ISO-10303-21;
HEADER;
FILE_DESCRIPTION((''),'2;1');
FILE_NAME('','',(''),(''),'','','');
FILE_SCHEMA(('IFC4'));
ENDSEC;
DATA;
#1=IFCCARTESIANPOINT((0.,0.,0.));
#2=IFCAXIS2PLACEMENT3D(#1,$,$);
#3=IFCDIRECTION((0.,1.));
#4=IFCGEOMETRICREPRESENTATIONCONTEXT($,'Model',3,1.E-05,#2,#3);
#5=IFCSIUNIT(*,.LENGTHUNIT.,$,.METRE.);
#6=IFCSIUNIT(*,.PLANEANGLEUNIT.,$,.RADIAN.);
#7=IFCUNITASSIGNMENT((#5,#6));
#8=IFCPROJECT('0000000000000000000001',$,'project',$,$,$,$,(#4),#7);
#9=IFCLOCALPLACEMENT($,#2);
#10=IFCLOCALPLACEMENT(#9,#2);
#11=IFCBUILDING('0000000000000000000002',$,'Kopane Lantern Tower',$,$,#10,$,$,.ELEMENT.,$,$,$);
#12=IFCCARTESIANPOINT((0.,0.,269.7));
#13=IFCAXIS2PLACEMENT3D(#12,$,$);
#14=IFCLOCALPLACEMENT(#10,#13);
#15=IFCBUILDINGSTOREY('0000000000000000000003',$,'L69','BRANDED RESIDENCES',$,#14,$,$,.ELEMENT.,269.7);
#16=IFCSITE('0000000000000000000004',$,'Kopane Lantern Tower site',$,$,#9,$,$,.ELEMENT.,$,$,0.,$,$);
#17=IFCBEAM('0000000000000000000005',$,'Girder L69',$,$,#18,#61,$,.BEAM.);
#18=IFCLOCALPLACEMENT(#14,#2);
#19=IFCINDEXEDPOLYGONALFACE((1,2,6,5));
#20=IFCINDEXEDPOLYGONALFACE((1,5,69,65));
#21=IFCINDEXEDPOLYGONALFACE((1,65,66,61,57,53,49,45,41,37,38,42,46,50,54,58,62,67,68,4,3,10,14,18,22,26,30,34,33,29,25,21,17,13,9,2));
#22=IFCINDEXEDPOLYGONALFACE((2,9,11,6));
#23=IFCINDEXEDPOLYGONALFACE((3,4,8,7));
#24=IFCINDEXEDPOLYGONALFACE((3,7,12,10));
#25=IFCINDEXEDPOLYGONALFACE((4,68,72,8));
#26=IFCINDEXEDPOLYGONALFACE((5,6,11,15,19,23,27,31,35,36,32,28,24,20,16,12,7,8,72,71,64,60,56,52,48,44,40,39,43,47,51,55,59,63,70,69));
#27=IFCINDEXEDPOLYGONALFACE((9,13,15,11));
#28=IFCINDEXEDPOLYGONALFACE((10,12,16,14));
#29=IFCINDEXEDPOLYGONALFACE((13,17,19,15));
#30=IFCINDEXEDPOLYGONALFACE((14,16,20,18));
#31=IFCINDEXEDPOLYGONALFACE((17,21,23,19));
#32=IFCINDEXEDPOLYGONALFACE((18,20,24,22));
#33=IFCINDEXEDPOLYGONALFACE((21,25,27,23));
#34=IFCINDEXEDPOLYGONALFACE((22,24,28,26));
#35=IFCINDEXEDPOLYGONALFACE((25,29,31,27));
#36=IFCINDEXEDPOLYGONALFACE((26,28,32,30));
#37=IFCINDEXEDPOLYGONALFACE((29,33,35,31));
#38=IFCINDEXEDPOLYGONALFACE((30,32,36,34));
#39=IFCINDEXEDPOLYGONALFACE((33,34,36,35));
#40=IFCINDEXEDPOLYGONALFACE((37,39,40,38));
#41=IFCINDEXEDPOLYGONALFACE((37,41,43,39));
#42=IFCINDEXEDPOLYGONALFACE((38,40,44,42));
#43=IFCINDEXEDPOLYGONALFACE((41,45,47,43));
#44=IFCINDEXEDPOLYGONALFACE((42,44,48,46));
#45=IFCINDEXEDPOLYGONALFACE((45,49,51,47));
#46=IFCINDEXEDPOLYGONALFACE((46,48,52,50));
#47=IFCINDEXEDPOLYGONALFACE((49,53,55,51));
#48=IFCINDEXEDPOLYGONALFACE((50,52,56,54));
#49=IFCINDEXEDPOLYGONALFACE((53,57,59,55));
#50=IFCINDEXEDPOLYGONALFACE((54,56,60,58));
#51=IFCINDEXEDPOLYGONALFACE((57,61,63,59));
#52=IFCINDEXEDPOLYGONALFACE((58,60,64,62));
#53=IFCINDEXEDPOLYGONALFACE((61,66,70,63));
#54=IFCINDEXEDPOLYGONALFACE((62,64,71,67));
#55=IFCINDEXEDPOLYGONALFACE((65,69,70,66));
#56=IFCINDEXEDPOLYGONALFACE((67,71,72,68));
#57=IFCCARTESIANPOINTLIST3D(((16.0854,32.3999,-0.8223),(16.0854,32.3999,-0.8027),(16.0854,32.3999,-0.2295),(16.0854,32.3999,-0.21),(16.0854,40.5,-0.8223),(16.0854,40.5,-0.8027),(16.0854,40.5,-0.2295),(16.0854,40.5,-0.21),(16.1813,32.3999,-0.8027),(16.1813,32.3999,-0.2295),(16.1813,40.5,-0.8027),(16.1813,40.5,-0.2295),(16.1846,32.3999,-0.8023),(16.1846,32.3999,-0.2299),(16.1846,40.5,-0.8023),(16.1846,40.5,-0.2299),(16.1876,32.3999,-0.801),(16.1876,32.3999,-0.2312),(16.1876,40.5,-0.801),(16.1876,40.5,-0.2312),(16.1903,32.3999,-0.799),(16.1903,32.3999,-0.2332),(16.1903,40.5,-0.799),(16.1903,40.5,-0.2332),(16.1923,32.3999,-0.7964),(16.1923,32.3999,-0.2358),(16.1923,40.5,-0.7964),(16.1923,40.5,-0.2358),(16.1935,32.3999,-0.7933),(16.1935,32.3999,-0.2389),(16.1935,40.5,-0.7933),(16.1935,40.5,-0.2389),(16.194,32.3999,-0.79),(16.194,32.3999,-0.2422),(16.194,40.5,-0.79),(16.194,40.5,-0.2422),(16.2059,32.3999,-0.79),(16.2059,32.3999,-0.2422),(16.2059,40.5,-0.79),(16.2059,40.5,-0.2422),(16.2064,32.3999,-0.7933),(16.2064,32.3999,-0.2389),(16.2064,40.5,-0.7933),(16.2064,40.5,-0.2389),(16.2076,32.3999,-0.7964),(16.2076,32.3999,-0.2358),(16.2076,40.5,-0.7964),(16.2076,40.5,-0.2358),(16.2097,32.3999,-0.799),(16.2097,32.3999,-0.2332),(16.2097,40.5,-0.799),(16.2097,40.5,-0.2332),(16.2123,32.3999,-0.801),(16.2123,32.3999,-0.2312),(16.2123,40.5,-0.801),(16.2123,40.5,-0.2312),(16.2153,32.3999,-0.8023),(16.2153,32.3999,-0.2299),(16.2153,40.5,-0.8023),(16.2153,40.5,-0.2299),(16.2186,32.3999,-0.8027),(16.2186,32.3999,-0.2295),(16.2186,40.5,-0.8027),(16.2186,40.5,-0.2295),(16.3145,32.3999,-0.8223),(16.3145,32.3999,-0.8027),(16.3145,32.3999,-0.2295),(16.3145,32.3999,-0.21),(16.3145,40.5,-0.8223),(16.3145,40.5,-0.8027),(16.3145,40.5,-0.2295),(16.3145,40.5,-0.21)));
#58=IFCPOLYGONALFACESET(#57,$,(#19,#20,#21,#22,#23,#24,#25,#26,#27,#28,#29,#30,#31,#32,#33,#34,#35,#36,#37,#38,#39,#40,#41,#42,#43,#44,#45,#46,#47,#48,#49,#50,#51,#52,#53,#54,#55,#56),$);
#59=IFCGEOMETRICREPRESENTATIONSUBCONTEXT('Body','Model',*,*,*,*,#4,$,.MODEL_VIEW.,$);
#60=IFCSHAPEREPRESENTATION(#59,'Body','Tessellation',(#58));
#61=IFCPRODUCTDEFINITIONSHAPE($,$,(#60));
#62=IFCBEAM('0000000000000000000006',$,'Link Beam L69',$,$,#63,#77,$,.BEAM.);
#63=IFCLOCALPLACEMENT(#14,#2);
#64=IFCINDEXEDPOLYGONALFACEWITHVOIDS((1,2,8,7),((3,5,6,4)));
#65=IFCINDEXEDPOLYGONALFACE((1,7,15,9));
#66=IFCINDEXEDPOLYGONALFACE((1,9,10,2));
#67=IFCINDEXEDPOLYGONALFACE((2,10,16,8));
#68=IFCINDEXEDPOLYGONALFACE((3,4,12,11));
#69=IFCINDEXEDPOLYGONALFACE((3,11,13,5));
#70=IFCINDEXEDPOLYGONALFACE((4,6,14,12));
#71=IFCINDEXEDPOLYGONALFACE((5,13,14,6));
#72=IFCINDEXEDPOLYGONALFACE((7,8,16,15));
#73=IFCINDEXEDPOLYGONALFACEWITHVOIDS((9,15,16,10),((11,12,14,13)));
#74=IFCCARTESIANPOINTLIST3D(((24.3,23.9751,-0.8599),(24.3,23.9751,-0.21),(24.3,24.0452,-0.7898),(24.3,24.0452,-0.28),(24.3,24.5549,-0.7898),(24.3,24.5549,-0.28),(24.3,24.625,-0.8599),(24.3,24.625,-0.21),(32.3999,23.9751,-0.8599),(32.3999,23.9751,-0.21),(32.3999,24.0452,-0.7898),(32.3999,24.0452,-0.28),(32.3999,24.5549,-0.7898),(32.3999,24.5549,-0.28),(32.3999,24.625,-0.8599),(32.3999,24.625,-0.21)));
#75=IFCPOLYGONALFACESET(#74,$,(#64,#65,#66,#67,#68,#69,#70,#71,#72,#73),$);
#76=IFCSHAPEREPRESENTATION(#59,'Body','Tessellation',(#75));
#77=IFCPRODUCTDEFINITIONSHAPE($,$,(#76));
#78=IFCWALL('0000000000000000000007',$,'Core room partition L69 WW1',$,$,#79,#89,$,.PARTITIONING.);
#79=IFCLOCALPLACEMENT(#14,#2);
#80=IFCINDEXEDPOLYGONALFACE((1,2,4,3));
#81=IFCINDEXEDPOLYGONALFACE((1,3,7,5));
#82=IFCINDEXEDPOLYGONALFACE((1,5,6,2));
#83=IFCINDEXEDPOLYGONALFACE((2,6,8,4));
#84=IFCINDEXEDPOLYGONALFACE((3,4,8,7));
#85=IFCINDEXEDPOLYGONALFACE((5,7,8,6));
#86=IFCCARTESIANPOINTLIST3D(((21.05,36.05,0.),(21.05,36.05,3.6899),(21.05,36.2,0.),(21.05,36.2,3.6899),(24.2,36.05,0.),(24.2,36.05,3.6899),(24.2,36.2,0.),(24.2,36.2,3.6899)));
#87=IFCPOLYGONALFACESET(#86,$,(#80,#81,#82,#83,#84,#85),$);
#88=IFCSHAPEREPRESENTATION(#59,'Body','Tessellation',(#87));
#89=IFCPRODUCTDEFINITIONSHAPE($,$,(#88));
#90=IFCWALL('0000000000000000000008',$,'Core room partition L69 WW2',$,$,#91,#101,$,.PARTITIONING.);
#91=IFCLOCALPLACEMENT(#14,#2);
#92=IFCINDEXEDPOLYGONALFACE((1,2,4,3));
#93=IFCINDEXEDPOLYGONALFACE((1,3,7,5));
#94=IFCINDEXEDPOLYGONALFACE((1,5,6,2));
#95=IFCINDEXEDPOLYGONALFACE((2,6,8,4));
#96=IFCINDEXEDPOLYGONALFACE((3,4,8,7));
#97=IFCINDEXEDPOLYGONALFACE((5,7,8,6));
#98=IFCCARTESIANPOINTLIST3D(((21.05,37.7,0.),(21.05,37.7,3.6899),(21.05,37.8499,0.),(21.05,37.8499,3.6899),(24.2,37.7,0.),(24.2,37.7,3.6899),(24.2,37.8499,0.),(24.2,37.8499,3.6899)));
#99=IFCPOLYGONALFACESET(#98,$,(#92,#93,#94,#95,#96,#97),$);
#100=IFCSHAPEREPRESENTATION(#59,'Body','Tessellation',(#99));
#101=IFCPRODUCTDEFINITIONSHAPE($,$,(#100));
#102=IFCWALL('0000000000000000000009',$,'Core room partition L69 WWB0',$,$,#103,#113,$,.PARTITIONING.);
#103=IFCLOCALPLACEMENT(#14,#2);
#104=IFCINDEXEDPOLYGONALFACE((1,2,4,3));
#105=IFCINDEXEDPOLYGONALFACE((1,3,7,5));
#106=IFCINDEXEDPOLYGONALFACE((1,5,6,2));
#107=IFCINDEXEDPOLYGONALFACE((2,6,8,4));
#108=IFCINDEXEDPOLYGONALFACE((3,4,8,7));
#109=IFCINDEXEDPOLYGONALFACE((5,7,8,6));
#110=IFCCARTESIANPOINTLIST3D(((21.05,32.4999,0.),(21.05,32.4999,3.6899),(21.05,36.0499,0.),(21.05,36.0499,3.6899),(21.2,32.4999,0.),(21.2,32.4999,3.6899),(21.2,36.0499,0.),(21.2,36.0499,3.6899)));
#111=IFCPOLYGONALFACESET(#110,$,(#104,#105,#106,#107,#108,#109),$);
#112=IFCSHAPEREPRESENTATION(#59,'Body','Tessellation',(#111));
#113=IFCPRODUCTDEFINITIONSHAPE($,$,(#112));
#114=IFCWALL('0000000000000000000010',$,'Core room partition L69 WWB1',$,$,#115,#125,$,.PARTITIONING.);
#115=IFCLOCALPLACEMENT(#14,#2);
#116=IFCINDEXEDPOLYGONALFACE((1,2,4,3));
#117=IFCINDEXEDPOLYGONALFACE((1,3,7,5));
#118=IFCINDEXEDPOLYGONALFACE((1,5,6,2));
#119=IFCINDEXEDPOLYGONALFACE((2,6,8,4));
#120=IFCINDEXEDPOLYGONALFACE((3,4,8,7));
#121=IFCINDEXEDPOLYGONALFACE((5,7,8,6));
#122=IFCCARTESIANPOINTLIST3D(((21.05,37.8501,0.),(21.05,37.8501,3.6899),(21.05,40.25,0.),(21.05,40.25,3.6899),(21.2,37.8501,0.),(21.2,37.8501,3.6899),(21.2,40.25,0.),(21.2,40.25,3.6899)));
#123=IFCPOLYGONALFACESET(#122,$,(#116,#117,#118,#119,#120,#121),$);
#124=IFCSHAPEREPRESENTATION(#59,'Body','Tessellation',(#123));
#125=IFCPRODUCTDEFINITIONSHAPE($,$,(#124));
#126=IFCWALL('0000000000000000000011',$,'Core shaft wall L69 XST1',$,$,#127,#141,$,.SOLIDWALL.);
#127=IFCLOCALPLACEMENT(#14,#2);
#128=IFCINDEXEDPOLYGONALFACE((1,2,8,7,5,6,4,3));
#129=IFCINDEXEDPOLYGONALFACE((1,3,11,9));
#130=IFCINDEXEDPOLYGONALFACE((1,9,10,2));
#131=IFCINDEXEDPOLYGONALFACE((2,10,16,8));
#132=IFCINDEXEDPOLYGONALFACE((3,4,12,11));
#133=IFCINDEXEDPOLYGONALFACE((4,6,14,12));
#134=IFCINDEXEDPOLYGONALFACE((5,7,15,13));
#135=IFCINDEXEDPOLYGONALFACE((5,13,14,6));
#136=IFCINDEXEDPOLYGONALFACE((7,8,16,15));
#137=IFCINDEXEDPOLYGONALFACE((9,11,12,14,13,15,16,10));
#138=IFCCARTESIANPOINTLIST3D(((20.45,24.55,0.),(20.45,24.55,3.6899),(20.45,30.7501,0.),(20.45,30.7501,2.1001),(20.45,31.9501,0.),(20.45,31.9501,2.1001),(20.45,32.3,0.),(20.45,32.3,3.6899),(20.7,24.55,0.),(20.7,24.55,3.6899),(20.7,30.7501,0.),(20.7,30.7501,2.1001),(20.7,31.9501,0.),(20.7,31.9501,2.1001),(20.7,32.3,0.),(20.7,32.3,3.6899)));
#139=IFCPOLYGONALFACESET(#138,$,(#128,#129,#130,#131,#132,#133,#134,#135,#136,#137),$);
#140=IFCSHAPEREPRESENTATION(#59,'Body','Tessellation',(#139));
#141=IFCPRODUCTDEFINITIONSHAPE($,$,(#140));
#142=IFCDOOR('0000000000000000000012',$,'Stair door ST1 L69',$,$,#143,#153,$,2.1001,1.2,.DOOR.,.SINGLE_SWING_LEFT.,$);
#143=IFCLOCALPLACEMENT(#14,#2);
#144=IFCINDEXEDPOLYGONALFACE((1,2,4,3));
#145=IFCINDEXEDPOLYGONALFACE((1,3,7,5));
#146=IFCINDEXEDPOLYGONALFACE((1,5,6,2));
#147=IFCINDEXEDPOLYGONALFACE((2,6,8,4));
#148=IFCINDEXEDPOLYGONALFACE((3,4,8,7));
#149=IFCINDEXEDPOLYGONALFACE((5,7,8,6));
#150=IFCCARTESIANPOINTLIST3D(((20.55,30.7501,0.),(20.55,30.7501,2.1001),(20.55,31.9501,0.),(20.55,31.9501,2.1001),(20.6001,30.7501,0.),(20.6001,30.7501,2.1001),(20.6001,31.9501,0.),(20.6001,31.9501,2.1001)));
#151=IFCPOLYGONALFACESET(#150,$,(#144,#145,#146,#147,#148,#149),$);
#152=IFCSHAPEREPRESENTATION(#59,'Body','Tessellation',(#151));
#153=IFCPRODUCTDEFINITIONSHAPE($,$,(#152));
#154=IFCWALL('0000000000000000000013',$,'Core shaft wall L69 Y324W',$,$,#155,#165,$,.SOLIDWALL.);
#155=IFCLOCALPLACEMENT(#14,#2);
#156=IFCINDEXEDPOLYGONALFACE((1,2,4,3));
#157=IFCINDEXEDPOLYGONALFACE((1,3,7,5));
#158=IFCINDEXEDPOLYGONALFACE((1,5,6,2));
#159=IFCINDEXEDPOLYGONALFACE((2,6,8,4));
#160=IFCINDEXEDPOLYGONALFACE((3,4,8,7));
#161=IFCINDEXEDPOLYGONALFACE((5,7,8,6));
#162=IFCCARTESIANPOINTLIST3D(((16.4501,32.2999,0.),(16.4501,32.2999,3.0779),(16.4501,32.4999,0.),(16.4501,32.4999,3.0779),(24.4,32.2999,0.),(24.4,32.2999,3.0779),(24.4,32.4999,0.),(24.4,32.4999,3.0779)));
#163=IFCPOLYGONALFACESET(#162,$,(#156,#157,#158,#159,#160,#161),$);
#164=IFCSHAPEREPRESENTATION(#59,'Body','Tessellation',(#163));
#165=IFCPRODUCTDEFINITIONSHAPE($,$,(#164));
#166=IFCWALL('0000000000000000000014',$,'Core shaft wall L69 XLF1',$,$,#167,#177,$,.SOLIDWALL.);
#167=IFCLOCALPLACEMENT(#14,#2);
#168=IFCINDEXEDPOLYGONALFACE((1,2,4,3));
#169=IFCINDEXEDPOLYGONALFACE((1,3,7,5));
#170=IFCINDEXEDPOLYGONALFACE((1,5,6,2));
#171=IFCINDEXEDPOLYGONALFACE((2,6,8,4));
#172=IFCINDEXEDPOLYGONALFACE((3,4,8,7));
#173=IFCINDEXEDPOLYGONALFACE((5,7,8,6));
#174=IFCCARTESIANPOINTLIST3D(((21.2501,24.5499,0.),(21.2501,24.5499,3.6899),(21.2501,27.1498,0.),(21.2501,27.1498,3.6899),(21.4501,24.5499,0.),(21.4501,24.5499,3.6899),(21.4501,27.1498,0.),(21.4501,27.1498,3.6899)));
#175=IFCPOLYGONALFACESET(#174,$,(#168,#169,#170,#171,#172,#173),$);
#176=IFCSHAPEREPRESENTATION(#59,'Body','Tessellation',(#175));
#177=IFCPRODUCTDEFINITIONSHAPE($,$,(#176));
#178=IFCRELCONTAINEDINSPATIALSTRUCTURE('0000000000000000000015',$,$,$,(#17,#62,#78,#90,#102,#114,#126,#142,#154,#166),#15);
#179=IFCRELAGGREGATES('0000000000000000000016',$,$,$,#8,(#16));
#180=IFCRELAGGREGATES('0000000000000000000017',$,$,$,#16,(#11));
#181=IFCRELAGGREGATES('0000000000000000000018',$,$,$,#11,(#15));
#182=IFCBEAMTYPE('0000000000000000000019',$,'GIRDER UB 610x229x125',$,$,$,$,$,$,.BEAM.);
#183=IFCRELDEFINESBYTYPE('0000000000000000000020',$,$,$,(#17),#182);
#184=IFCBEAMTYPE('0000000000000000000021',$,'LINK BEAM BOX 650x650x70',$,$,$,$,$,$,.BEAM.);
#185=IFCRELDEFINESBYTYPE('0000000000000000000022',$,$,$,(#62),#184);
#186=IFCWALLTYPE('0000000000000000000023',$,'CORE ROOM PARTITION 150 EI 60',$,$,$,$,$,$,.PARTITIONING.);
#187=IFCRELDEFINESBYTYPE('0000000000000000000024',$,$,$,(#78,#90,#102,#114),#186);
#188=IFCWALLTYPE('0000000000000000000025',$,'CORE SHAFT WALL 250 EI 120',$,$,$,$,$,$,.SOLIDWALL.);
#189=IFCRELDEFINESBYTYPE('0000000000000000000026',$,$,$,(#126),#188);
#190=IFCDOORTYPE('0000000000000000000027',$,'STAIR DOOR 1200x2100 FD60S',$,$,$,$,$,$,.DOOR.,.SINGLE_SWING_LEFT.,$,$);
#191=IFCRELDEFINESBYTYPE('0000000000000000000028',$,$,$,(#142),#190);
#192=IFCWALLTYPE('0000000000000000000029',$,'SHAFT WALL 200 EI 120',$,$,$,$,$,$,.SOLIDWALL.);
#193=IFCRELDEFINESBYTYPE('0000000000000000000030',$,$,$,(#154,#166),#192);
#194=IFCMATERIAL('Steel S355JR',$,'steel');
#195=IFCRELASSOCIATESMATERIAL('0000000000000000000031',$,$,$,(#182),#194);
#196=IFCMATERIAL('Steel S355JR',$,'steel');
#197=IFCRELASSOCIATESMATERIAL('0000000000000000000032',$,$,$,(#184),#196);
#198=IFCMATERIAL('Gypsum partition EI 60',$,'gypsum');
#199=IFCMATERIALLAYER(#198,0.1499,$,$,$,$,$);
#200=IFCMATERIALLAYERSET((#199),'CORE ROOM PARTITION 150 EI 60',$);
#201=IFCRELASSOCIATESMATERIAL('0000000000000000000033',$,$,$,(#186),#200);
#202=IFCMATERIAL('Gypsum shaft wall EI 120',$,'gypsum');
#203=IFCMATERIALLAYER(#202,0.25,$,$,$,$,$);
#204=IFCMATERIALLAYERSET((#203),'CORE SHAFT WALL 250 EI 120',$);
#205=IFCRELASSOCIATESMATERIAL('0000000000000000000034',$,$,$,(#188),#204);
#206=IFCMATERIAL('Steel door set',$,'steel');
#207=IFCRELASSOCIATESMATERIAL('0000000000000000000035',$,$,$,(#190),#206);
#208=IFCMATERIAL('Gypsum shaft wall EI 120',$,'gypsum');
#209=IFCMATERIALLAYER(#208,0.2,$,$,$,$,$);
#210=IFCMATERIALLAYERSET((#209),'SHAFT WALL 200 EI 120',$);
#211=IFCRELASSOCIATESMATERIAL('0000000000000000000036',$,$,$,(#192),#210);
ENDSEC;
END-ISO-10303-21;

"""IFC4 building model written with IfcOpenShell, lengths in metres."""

from ifc_helpers import new_model, si_unit, direction, frame, frame_2d, origin, origin_2d, place, context, subcontext, project, spatial, rectangle, hollow_rectangle, i_section, extrude, material, layer, layer_set, material_profile, profile_set, type_object, element, fill, save


model = new_model("IFC4")

# Units and contexts
model_context = context("Model", 3, precision=1e-05, world=origin(), true_north=direction((0.0, 1.0)))
body_context = subcontext(model_context, "Body", "Model", "MODEL_VIEW")
ifc_project = project(units=[si_unit("LENGTHUNIT", "METRE"), si_unit("PLANEANGLEUNIT", "RADIAN")], contexts=[model_context])

# Site, building, storey
site_placement = place(None, origin())
site = spatial("IfcSite", under=ifc_project, at=site_placement, Name="Kopane Lantern Tower site", CompositionType="ELEMENT", RefElevation=0.0)
building_placement = place(site_placement, origin())
building = spatial("IfcBuilding", under=site, at=building_placement, Name="Kopane Lantern Tower", CompositionType="ELEMENT")
storey_placement = place(building_placement, frame((0.0, 0.0, 269.7)))
storey = spatial("IfcBuildingStorey", under=building, at=storey_placement, Name="L69", Description="BRANDED RESIDENCES", CompositionType="ELEMENT", Elevation=269.7)

# Beams
ifc_material_1 = material(Name="Steel S355JR", Category="steel")
ifc_material_profile_1 = material_profile(ifc_material_1, i_section(OverallWidth=0.229, OverallDepth=0.6123, WebThickness=0.012, FlangeThickness=0.0195, FilletRadius=0.0127, at=origin_2d()), Name="UB 610x229x125")
ifc_profile_set_1 = profile_set([ifc_material_profile_1], Name="Steel S355JR")
beam_type_1 = type_object("IfcBeamType", Name="GIRDER UB 610x229x125", PredefinedType="BEAM", material=ifc_profile_set_1)
beam_1_placement = place(storey_placement, frame((16.2, 32.3999, -0.5161), z_axis=(0.0, 1.0, 0.0), x_axis=(-1.0, 0.0, 0.0)))
element("IfcBeam", 1, at=beam_1_placement, inside=storey, type_object=beam_type_1, Name="Girder L69", PredefinedType="BEAM", context=body_context, shape_type="SweptSolid", body=[
    extrude(i_section(OverallWidth=0.229, OverallDepth=0.6123, WebThickness=0.012, FlangeThickness=0.0195, FilletRadius=0.0127, at=origin_2d()), origin(), (0.0, 0.0, 1.0), 8.1001),
])
ifc_material_2 = material(Name="Steel S355JR", Category="steel")
ifc_material_profile_2 = material_profile(ifc_material_2, hollow_rectangle(XDim=0.6499, YDim=0.6499, WallThickness=0.0701, at=origin_2d()), Name="BOX 650x650x70")
ifc_profile_set_2 = profile_set([ifc_material_profile_2], Name="Steel S355JR")
beam_type_2 = type_object("IfcBeamType", Name="LINK BEAM BOX 650x650x70", PredefinedType="BEAM", material=ifc_profile_set_2)
beam_2_placement = place(storey_placement, frame((24.3, 24.3, -0.5349), z_axis=(1.0, 0.0, 0.0), x_axis=(0.0, 1.0, 0.0)))
element("IfcBeam", 2, at=beam_2_placement, inside=storey, type_object=beam_type_2, Name="Link Beam L69", PredefinedType="BEAM", context=body_context, shape_type="SweptSolid", body=[
    extrude(hollow_rectangle(XDim=0.6499, YDim=0.6499, WallThickness=0.0701, at=origin_2d()), origin(), (0.0, 0.0, 1.0), 8.0999),
])

# Walls
ifc_material_3 = material(Name="Gypsum partition EI 60", Category="gypsum")
ifc_layer_1 = layer(ifc_material_3, 0.1499)
ifc_layer_set_1 = layer_set([ifc_layer_1], Name="CORE ROOM PARTITION 150 EI 60")
wall_type_1 = type_object("IfcWallType", Name="CORE ROOM PARTITION 150 EI 60", PredefinedType="PARTITIONING", material=ifc_layer_set_1)
for number, where, z_axis, x_axis, name in (
    (3, (21.05, 36.125, 0.0), (0.0, 0.0, 1.0), (1.0, 0.0, 0.0), "Core room partition L69 WW1"),
    (4, (21.05, 37.7749, 0.0), (0.0, 0.0, 1.0), (1.0, 0.0, 0.0), "Core room partition L69 WW2"),
):
    element("IfcWall", number, at=place(storey_placement, frame(where, z_axis=z_axis, x_axis=x_axis)), inside=storey, type_object=wall_type_1, Name=name, PredefinedType="PARTITIONING", context=body_context, shape_type="SweptSolid", body=[
        extrude(rectangle(XDim=3.1499, YDim=0.1499, at=frame_2d((1.575, 0.0))), origin(), (0.0, 0.0, 1.0), 3.6899),
    ])
wall_1_placement = place(storey_placement, frame((21.125, 32.5, 0.0), z_axis=(0.0, 0.0, 1.0), x_axis=(0.0, 1.0, 0.0)))
element("IfcWall", 5, at=wall_1_placement, inside=storey, type_object=wall_type_1, Name="Core room partition L69 WWB0", PredefinedType="PARTITIONING", context=body_context, shape_type="SweptSolid", body=[
    extrude(rectangle(XDim=3.55, YDim=0.1499, at=frame_2d((1.7749, 0.0))), origin(), (0.0, 0.0, 1.0), 3.6899),
])
wall_2_placement = place(storey_placement, frame((21.125, 37.8501, 0.0), z_axis=(0.0, 0.0, 1.0), x_axis=(0.0, 1.0, 0.0)))
element("IfcWall", 6, at=wall_2_placement, inside=storey, type_object=wall_type_1, Name="Core room partition L69 WWB1", PredefinedType="PARTITIONING", context=body_context, shape_type="SweptSolid", body=[
    extrude(rectangle(XDim=2.3999, YDim=0.1499, at=frame_2d((1.2, 0.0))), origin(), (0.0, 0.0, 1.0), 3.6899),
])

# Wall, opening, door
ifc_material_4 = material(Name="Gypsum shaft wall EI 120", Category="gypsum")
ifc_layer_2 = layer(ifc_material_4, 0.25)
ifc_layer_set_2 = layer_set([ifc_layer_2], Name="CORE SHAFT WALL 250 EI 120")
wall_type_2 = type_object("IfcWallType", Name="CORE SHAFT WALL 250 EI 120", PredefinedType="SOLIDWALL", material=ifc_layer_set_2)
wall_3_placement = place(storey_placement, frame((20.575, 24.55, 0.0), z_axis=(0.0, 0.0, 1.0), x_axis=(0.0, 1.0, 0.0)))
wall_3 = element("IfcWall", 7, at=wall_3_placement, inside=storey, type_object=wall_type_2, Name="Core shaft wall L69 XST1", PredefinedType="SOLIDWALL", context=body_context, shape_type="SweptSolid", body=[
    extrude(rectangle(XDim=7.75, YDim=0.25, at=frame_2d((3.875, 0.0))), origin(), (0.0, 0.0, 1.0), 3.6899),
])
opening_1_placement = place(wall_3_placement, frame((6.2, 0.0, 0.0)))
opening_1 = element("IfcOpeningElement", 8, at=opening_1_placement, cuts=wall_3, PredefinedType="OPENING", context=body_context, shape_type="SweptSolid", body=[
    extrude(rectangle(XDim=1.2, YDim=2.1001, at=frame_2d((0.6001, 1.05))), frame((0.0, 0.135, 0.0), z_axis=(0.0, -1.0, 0.0), x_axis=(1.0, 0.0, 0.0)), (0.0, 0.0, 1.0), 0.27),
])
ifc_material_5 = material(Name="Steel door set", Category="steel")
door_type_1 = type_object("IfcDoorType", Name="STAIR DOOR 1200x2100 FD60S", OperationType="SINGLE_SWING_LEFT", PredefinedType="DOOR", material=ifc_material_5)
door_1_placement = place(opening_1_placement, origin())
door_1 = element("IfcDoor", 9, at=door_1_placement, inside=storey, type_object=door_type_1, Name="Stair door ST1 L69", OperationType="SINGLE_SWING_LEFT", OverallHeight=2.1001, OverallWidth=1.2, PredefinedType="DOOR", context=body_context, shape_type="SweptSolid", body=[
    extrude(rectangle(XDim=1.2, YDim=2.1001, at=frame_2d((0.6001, 1.05))), frame((0.0, 0.0249, 0.0), z_axis=(0.0, -1.0, 0.0), x_axis=(1.0, 0.0, 0.0)), (0.0, 0.0, 1.0), 0.05),
])
fill(opening_1, door_1)

# Walls
ifc_material_6 = material(Name="Gypsum shaft wall EI 120", Category="gypsum")
ifc_layer_3 = layer(ifc_material_6, 0.2)
ifc_layer_set_3 = layer_set([ifc_layer_3], Name="SHAFT WALL 200 EI 120")
wall_type_3 = type_object("IfcWallType", Name="SHAFT WALL 200 EI 120", PredefinedType="SOLIDWALL", material=ifc_layer_set_3)
wall_4_placement = place(storey_placement, frame((16.45, 32.3999, 0.0), z_axis=(0.0, 0.0, 1.0), x_axis=(1.0, 0.0, 0.0)))
element("IfcWall", 10, at=wall_4_placement, inside=storey, type_object=wall_type_3, Name="Core shaft wall L69 Y324W", PredefinedType="SOLIDWALL", context=body_context, shape_type="SweptSolid", body=[
    extrude(rectangle(XDim=7.95, YDim=0.2, at=frame_2d((3.9751, 0.0))), origin(), (0.0, 0.0, 1.0), 3.0779),
])
wall_5_placement = place(storey_placement, frame((21.3501, 24.55, 0.0), z_axis=(0.0, 0.0, 1.0), x_axis=(0.0, 1.0, 0.0)))
element("IfcWall", 11, at=wall_5_placement, inside=storey, type_object=wall_type_3, Name="Core shaft wall L69 XLF1", PredefinedType="SOLIDWALL", context=body_context, shape_type="SweptSolid", body=[
    extrude(rectangle(XDim=2.5999, YDim=0.2, at=frame_2d((1.2998, 0.0))), origin(), (0.0, 0.0, 1.0), 3.6899),
])

save(model, "model.ifc")
